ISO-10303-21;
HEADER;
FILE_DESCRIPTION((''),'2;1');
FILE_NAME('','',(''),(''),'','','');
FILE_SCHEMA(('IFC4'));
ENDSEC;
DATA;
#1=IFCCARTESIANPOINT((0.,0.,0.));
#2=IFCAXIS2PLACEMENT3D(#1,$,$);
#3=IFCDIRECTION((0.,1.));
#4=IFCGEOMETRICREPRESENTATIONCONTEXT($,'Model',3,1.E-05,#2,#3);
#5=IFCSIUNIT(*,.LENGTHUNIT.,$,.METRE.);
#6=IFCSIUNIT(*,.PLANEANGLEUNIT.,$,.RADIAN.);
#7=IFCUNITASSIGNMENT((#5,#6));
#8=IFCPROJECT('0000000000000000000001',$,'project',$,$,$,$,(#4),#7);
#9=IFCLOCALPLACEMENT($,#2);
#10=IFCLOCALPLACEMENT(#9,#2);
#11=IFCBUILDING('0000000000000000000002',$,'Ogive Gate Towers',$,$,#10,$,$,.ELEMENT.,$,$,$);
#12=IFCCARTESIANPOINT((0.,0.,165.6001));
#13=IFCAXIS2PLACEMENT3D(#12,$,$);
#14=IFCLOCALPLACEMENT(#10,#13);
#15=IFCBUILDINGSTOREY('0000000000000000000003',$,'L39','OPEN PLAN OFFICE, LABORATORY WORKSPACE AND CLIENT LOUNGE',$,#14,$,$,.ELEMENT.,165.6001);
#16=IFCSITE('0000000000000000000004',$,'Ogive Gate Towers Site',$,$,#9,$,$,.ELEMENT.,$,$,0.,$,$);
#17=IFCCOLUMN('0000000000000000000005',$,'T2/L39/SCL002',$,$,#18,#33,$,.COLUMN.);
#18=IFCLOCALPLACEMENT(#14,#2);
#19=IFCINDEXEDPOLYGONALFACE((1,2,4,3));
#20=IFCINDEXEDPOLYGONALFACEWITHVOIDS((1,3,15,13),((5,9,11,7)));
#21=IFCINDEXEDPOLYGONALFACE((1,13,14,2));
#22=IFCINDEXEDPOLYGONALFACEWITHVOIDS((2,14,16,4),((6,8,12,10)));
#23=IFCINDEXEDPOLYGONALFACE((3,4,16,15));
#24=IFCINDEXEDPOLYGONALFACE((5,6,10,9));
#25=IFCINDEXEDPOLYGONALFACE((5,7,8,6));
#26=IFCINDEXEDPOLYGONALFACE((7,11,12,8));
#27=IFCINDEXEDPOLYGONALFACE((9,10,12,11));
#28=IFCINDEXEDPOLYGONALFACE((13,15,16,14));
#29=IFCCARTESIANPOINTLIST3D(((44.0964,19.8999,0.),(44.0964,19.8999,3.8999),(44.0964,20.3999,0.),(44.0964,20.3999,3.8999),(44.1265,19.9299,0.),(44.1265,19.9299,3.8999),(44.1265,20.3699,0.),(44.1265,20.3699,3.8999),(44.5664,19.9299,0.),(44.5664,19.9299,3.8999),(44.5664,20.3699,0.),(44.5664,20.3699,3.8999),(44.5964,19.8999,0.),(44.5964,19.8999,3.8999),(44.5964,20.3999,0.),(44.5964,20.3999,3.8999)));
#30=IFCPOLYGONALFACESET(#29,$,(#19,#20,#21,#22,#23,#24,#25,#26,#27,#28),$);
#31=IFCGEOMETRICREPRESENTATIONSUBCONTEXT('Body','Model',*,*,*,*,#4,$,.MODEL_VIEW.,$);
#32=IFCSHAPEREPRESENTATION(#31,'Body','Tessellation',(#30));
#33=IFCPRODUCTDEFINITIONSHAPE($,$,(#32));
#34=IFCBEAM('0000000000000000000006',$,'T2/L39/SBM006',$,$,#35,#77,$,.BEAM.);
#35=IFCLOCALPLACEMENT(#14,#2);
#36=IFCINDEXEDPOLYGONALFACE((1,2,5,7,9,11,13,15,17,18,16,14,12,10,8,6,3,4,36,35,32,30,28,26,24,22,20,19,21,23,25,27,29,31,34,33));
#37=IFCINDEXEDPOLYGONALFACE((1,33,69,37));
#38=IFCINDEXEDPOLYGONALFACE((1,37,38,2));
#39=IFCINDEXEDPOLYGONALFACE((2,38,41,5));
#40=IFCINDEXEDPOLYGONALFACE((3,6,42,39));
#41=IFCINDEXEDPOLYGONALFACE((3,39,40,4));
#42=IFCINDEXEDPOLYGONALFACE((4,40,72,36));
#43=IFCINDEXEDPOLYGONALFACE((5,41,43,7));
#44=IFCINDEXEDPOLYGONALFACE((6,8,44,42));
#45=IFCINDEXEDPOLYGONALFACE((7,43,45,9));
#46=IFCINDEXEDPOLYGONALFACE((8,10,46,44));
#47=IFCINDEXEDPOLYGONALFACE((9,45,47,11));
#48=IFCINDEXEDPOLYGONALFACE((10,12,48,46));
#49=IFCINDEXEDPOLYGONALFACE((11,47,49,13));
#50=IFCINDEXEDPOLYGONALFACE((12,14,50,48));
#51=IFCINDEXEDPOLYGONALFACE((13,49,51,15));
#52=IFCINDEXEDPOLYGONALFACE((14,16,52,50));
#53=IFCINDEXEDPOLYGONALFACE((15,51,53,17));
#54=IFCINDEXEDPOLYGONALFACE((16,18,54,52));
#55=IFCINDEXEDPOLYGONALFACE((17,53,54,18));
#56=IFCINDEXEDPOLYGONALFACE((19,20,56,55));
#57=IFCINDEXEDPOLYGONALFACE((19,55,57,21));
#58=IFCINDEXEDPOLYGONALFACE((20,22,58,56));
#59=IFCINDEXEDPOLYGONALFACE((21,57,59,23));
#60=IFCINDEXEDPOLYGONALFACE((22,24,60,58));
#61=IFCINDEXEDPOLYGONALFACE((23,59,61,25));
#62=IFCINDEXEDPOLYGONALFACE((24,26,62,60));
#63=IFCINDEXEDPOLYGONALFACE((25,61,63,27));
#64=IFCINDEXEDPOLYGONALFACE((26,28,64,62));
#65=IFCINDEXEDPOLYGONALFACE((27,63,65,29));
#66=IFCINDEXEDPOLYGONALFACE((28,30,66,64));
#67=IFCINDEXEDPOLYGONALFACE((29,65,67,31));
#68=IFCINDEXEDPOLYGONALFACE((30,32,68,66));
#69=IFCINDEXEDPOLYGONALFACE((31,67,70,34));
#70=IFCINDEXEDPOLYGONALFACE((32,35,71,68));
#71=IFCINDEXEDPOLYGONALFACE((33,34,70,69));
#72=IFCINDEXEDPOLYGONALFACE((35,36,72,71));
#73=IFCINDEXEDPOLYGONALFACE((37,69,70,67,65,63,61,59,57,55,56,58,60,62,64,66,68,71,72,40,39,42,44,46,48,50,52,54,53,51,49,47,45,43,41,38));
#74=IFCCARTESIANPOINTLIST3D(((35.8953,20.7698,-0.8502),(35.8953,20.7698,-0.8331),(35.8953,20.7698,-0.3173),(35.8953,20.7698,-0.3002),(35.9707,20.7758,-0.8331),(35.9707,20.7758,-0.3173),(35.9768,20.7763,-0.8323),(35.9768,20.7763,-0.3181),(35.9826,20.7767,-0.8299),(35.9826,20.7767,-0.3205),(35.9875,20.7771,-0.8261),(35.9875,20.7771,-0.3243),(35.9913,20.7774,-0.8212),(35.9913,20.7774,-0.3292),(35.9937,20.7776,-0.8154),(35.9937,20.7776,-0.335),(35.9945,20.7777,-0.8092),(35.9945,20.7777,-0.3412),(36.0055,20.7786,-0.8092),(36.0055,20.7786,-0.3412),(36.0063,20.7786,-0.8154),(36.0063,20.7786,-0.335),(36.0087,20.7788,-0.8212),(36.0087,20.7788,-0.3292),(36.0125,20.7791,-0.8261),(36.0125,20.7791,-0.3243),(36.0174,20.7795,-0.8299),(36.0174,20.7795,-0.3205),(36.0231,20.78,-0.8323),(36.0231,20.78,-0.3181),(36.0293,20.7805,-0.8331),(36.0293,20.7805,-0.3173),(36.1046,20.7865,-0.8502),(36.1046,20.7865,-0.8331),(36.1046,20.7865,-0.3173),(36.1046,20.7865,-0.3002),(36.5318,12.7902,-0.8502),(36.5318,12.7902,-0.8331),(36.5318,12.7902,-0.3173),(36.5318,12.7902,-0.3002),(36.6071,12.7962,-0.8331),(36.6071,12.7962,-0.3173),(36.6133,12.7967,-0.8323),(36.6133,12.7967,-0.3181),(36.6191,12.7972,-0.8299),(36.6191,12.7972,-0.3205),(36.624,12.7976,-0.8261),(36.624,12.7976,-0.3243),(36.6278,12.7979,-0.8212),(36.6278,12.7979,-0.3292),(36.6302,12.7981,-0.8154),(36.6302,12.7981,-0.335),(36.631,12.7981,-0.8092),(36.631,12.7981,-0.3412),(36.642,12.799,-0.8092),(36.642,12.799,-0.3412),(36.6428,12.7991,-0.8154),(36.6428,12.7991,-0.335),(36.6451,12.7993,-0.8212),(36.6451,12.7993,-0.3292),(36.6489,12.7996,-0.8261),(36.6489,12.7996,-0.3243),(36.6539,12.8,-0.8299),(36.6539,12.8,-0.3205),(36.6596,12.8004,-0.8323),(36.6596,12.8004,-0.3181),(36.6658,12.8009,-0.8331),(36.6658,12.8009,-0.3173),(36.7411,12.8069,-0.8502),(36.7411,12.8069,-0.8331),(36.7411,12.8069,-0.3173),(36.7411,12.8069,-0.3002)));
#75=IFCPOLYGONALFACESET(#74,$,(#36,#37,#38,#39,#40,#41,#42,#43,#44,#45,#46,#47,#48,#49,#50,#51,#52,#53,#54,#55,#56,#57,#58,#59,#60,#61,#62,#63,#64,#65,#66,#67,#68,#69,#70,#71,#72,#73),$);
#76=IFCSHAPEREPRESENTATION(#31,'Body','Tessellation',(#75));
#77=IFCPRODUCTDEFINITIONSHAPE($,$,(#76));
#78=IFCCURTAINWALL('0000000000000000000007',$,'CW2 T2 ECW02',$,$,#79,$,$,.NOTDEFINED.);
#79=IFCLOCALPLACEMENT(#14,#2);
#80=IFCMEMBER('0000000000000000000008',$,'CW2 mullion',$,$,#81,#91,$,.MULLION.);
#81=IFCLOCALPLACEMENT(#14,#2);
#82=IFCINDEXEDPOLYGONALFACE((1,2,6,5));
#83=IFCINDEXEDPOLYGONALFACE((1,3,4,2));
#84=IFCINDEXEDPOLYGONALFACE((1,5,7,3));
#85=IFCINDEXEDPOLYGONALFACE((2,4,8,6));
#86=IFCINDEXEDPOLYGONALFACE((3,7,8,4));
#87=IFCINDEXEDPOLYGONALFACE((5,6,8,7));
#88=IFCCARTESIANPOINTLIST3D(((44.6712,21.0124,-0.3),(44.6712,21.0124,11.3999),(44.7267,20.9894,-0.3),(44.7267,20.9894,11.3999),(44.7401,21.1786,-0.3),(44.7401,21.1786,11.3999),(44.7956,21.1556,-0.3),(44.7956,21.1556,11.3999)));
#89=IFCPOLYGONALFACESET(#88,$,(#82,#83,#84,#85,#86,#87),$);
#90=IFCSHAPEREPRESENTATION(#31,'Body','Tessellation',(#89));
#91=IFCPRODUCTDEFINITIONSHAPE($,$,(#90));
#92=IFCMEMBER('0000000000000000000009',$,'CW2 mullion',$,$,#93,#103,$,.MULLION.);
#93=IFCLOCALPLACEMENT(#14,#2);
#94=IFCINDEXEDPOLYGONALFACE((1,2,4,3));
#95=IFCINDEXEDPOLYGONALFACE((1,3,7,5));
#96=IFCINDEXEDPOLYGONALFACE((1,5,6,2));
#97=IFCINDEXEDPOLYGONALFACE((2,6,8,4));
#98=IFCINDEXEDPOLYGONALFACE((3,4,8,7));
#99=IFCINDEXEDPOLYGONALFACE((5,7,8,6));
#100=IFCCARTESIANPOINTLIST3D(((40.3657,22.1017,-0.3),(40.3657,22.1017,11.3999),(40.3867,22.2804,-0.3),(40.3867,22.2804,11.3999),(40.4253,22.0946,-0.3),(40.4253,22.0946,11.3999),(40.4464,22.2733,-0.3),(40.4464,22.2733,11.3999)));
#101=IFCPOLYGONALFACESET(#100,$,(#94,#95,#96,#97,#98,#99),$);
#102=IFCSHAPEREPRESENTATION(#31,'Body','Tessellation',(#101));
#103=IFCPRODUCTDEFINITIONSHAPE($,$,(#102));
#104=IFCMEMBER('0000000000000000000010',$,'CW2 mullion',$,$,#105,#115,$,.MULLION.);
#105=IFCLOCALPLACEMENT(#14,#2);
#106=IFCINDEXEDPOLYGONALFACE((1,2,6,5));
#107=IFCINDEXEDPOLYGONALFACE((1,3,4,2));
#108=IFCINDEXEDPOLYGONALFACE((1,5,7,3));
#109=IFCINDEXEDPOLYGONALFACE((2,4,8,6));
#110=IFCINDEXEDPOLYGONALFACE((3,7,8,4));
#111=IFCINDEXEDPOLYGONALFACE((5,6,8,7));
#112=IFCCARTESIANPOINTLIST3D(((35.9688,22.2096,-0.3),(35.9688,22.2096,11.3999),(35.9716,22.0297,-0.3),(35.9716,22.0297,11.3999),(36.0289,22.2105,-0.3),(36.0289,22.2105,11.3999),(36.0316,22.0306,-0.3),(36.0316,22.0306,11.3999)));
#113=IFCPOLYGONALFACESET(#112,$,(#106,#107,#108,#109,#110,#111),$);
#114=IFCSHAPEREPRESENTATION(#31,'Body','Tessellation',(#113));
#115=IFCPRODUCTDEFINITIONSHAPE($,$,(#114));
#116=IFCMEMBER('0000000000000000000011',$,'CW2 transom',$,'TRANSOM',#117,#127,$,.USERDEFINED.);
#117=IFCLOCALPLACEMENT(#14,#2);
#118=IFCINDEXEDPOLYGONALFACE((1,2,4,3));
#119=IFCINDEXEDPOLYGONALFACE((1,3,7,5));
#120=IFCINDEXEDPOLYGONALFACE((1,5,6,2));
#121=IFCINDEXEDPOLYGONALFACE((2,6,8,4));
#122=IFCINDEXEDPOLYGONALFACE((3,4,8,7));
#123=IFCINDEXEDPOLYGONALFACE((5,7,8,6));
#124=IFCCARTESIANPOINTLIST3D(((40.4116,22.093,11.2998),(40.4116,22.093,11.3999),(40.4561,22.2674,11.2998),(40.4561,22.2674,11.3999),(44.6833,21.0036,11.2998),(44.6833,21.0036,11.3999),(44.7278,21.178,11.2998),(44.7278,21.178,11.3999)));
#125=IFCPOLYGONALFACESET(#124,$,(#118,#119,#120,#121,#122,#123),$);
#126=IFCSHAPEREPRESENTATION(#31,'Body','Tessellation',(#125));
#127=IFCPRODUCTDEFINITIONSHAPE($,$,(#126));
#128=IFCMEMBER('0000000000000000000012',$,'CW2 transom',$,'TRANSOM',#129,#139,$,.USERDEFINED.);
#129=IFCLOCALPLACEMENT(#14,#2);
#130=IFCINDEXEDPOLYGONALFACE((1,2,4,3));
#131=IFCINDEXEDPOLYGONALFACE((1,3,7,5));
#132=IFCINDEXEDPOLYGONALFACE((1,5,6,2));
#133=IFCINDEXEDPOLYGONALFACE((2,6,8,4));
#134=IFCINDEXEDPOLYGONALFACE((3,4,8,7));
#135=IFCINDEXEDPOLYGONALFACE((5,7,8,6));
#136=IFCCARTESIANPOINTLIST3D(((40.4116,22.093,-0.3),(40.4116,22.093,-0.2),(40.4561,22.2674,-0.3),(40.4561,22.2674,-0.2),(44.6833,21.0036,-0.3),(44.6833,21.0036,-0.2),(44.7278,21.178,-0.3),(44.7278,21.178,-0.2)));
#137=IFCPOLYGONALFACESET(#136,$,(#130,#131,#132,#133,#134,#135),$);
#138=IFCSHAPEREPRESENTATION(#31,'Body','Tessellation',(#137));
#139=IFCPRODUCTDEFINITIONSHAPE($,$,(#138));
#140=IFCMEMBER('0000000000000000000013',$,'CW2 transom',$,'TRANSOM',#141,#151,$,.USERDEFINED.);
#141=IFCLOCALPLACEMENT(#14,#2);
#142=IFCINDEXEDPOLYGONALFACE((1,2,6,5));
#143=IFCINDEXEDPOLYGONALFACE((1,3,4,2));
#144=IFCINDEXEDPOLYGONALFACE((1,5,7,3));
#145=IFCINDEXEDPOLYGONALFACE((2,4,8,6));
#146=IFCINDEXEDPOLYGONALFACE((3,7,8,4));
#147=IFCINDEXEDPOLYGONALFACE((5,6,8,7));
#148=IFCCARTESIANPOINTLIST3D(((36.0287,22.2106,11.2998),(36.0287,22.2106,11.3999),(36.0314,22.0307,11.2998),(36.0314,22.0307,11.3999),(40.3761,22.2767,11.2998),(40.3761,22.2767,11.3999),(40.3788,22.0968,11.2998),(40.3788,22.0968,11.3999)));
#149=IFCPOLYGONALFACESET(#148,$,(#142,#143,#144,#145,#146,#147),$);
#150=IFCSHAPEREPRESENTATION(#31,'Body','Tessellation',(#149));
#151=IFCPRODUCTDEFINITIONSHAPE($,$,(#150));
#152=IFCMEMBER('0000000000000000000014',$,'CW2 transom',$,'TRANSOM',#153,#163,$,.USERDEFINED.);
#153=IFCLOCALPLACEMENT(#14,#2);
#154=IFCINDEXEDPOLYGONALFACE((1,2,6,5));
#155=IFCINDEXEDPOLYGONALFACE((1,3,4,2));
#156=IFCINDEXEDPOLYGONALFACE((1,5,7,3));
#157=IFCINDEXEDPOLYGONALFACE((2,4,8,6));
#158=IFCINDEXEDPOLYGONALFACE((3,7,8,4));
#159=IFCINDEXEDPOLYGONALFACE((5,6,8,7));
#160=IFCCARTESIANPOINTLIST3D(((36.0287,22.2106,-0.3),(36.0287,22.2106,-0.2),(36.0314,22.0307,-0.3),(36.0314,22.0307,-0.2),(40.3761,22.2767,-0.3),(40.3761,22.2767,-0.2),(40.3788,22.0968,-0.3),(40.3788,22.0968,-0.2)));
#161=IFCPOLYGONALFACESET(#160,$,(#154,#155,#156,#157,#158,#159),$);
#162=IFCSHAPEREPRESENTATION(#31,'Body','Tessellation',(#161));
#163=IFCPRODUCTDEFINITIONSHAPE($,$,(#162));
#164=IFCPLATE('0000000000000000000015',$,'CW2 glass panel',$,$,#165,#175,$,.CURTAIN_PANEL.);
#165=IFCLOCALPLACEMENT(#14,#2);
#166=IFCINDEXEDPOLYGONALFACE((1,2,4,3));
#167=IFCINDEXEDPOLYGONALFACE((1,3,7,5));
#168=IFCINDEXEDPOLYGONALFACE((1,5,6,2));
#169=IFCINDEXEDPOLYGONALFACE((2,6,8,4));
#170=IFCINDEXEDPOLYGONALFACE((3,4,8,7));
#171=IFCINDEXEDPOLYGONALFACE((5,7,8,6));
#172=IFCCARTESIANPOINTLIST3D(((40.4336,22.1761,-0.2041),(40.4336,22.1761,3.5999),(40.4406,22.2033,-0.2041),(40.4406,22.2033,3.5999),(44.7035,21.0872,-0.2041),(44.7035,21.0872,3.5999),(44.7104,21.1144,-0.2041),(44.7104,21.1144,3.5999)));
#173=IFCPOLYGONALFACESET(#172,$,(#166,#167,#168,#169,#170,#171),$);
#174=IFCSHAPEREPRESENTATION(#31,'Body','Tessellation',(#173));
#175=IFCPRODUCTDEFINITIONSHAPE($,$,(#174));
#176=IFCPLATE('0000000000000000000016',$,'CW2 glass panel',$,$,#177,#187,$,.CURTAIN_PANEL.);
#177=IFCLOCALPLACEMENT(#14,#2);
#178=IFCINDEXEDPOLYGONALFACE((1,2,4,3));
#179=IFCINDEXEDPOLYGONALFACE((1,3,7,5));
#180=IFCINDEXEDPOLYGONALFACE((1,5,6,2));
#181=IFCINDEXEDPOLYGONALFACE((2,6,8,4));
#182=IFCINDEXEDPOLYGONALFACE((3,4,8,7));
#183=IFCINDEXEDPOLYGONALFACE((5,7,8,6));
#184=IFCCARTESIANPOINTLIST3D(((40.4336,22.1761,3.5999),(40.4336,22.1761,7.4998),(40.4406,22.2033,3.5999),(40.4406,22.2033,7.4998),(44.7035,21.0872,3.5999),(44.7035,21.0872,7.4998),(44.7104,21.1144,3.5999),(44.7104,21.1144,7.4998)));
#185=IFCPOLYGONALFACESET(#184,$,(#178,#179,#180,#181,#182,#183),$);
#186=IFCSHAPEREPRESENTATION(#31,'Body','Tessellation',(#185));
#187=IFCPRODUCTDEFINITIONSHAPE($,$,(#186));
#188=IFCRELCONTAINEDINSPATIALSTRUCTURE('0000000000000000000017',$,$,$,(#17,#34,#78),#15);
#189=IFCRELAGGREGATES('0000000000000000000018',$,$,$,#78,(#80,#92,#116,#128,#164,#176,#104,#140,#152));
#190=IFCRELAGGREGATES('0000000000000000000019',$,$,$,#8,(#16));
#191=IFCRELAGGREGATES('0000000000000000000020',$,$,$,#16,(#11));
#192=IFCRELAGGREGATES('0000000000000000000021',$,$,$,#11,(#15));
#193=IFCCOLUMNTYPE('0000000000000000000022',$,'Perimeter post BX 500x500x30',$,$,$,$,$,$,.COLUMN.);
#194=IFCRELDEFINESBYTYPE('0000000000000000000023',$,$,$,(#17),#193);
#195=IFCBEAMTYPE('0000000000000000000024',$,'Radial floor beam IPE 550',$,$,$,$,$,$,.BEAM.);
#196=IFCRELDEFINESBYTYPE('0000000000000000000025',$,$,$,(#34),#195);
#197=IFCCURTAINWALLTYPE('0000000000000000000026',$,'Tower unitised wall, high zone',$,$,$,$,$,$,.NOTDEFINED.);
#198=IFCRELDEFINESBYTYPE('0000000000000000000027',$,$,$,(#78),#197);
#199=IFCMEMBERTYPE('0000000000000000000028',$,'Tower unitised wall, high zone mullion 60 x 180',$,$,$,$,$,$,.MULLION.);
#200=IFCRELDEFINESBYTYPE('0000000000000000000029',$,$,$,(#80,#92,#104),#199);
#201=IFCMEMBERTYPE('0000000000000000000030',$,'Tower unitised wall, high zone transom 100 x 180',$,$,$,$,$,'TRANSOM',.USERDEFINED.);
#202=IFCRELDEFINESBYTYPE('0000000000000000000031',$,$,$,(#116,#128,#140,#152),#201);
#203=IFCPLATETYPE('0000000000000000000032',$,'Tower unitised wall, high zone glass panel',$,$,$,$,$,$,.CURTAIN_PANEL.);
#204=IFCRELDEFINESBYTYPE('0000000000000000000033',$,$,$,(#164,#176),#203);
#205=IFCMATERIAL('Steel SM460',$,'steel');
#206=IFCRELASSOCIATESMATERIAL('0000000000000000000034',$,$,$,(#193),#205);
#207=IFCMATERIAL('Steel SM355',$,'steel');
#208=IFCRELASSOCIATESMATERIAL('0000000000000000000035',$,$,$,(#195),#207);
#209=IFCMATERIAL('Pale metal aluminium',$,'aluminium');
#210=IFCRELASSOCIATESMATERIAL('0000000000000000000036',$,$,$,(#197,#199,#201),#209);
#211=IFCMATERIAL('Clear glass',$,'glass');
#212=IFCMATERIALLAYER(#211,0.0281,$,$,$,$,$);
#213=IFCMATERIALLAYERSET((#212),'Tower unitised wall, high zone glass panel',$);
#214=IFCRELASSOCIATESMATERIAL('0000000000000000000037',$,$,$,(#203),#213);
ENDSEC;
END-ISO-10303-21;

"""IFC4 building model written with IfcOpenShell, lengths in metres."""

from ifc_helpers import new_model, si_unit, direction, frame, origin, origin_2d, place, context, subcontext, project, spatial, rectangle, hollow_rectangle, i_section, extrude, material, layer, layer_set, material_profile, profile_set, type_object, element, aggregate, save


model = new_model("IFC4")

# Units and contexts
model_context = context("Model", 3, precision=1e-05, world=origin(), true_north=direction((0.0, 1.0)))
body_context = subcontext(model_context, "Body", "Model", "MODEL_VIEW")
ifc_project = project(units=[si_unit("LENGTHUNIT", "METRE"), si_unit("PLANEANGLEUNIT", "RADIAN")], contexts=[model_context])

# Site, building, storey
site_placement = place(None, origin())
site = spatial("IfcSite", under=ifc_project, at=site_placement, Name="Ogive Gate Towers Site", CompositionType="ELEMENT", RefElevation=0.0)
building_placement = place(site_placement, origin())
building = spatial("IfcBuilding", under=site, at=building_placement, Name="Ogive Gate Towers", CompositionType="ELEMENT")
storey_placement = place(building_placement, frame((0.0, 0.0, 165.6001)))
storey = spatial("IfcBuildingStorey", under=building, at=storey_placement, Name="L39", Description="OPEN PLAN OFFICE, LABORATORY WORKSPACE AND CLIENT LOUNGE", CompositionType="ELEMENT", Elevation=165.6001)

# Column
ifc_material_1 = material(Name="Steel SM460", Category="steel")
ifc_material_profile_1 = material_profile(ifc_material_1, hollow_rectangle(XDim=0.5, YDim=0.5, WallThickness=0.03, at=origin_2d()), Name="BX 500x500x30")
ifc_profile_set_1 = profile_set([ifc_material_profile_1], Name="Steel SM460")
column_type = type_object("IfcColumnType", Name="Perimeter post BX 500x500x30", PredefinedType="COLUMN", material=ifc_profile_set_1)
column_placement = place(storey_placement, frame((44.3464, 20.1499, 0.0), z_axis=(0.0, 0.0, 1.0), x_axis=(1.0, 0.0, 0.0)))
element("IfcColumn", 1, at=column_placement, inside=storey, type_object=column_type, Name="T2/L39/SCL002", PredefinedType="COLUMN", context=body_context, shape_type="SweptSolid", body=[
    extrude(hollow_rectangle(XDim=0.5, YDim=0.5, WallThickness=0.03, at=origin_2d()), origin(), (0.0, 0.0, 1.0), 3.8999),
])

# Beam
ifc_material_2 = material(Name="Steel SM355", Category="steel")
ifc_material_profile_2 = material_profile(ifc_material_2, i_section(OverallWidth=0.21, OverallDepth=0.55, WebThickness=0.011, FlangeThickness=0.0171, FilletRadius=0.0239, at=origin_2d()), Name="IPE 550")
ifc_profile_set_2 = profile_set([ifc_material_profile_2], Name="Steel SM355")
beam_type = type_object("IfcBeamType", Name="Radial floor beam IPE 550", PredefinedType="BEAM", material=ifc_profile_set_2)
beam_placement = place(storey_placement, frame((36.6365, 12.7986, -0.5752), z_axis=(-0.079511, 0.996834, 0.0), x_axis=(-0.996834, -0.079511, 0.0)))
element("IfcBeam", 2, at=beam_placement, inside=storey, type_object=beam_type, Name="T2/L39/SBM006", PredefinedType="BEAM", context=body_context, shape_type="SweptSolid", body=[
    extrude(i_section(OverallWidth=0.21, OverallDepth=0.55, WebThickness=0.011, FlangeThickness=0.0171, FilletRadius=0.0239, at=origin_2d()), origin(), (0.0, 0.0, 1.0), 8.0049),
])

# Curtain wall, members, plates
ifc_material_3 = material(Name="Pale metal aluminium", Category="aluminium")
curtain_wall_type = type_object("IfcCurtainWallType", Name="Tower unitised wall, high zone", PredefinedType="NOTDEFINED", material=ifc_material_3)
curtain_wall_placement = place(storey_placement, origin())
curtain_wall = element("IfcCurtainWall", 3, at=curtain_wall_placement, inside=storey, type_object=curtain_wall_type, Name="CW2 T2 ECW02", PredefinedType="NOTDEFINED")
ifc_material_profile_3 = material_profile(ifc_material_3, rectangle(XDim=0.1799, YDim=0.0601, at=origin_2d()), Name="60 x 180 aluminium box")
ifc_profile_set_3 = profile_set([ifc_material_profile_3], Name="Pale metal aluminium")
member_type_1 = type_object("IfcMemberType", Name="Tower unitised wall, high zone mullion 60 x 180", PredefinedType="MULLION", material=ifc_profile_set_3)
member_1_placement = place(storey_placement, frame((44.7334, 21.084, -0.3), z_axis=(0.0, 0.0, 1.0), x_axis=(0.382683, 0.92388, 0.0)))
member_1 = element("IfcMember", 4, at=member_1_placement, type_object=member_type_1, Name="CW2 mullion", PredefinedType="MULLION", context=body_context, shape_type="SweptSolid", body=[
    extrude(rectangle(XDim=0.1799, YDim=0.0601, at=origin_2d()), origin(), (0.0, 0.0, 1.0), 11.7),
])
member_2_placement = place(storey_placement, frame((40.406, 22.1875, -0.3), z_axis=(0.0, 0.0, 1.0), x_axis=(0.116948, 0.993138, 0.0)))
member_2 = element("IfcMember", 5, at=member_2_placement, type_object=member_type_1, Name="CW2 mullion", PredefinedType="MULLION", context=body_context, shape_type="SweptSolid", body=[
    extrude(rectangle(XDim=0.1799, YDim=0.0601, at=origin_2d()), origin(), (0.0, 0.0, 1.0), 11.7),
])
member_3_placement = place(storey_placement, frame((36.0002, 22.1201, -0.3), z_axis=(0.0, 0.0, 1.0), x_axis=(-0.015271, 0.999883, 0.0)))
member_3 = element("IfcMember", 6, at=member_3_placement, type_object=member_type_1, Name="CW2 mullion", PredefinedType="MULLION", context=body_context, shape_type="SweptSolid", body=[
    extrude(rectangle(XDim=0.1799, YDim=0.0601, at=origin_2d()), origin(), (0.0, 0.0, 1.0), 11.7),
])
ifc_material_profile_4 = material_profile(ifc_material_3, rectangle(XDim=0.1799, YDim=0.1001, at=origin_2d()), Name="100 x 180 aluminium box")
ifc_profile_set_4 = profile_set([ifc_material_profile_4], Name="Pale metal aluminium")
member_type_2 = type_object("IfcMemberType", Name="Tower unitised wall, high zone transom 100 x 180", ElementType="TRANSOM", PredefinedType="USERDEFINED", material=ifc_profile_set_4)
member_4_placement = place(storey_placement, frame((44.7056, 21.0908, 11.3499), z_axis=(-0.968988, 0.247107, 0.0), x_axis=(-0.247107, -0.968988, 0.0)))
member_4 = element("IfcMember", 7, at=member_4_placement, type_object=member_type_2, Name="CW2 transom", ObjectType="TRANSOM", PredefinedType="USERDEFINED", context=body_context, shape_type="SweptSolid", body=[
    extrude(rectangle(XDim=0.1799, YDim=0.1001, at=origin_2d()), origin(), (0.0, 0.0, 1.0), 4.4084),
])
member_5_placement = place(storey_placement, frame((44.7056, 21.0908, -0.25), z_axis=(-0.968988, 0.247107, 0.0), x_axis=(-0.247107, -0.968988, 0.0)))
member_5 = element("IfcMember", 8, at=member_5_placement, type_object=member_type_2, Name="CW2 transom", ObjectType="TRANSOM", PredefinedType="USERDEFINED", context=body_context, shape_type="SweptSolid", body=[
    extrude(rectangle(XDim=0.1799, YDim=0.1001, at=origin_2d()), origin(), (0.0, 0.0, 1.0), 4.4084),
])
member_6_placement = place(storey_placement, frame((40.3774, 22.1868, 11.3499), z_axis=(-0.999884, -0.015217, 0.0), x_axis=(0.015217, -0.999884, 0.0)))
member_6 = element("IfcMember", 9, at=member_6_placement, type_object=member_type_2, Name="CW2 transom", ObjectType="TRANSOM", PredefinedType="USERDEFINED", context=body_context, shape_type="SweptSolid", body=[
    extrude(rectangle(XDim=0.1799, YDim=0.1001, at=origin_2d()), origin(), (0.0, 0.0, 1.0), 4.3479),
])
member_7_placement = place(storey_placement, frame((40.3774, 22.1868, -0.25), z_axis=(-0.999884, -0.015217, 0.0), x_axis=(0.015217, -0.999884, 0.0)))
member_7 = element("IfcMember", 10, at=member_7_placement, type_object=member_type_2, Name="CW2 transom", ObjectType="TRANSOM", PredefinedType="USERDEFINED", context=body_context, shape_type="SweptSolid", body=[
    extrude(rectangle(XDim=0.1799, YDim=0.1001, at=origin_2d()), origin(), (0.0, 0.0, 1.0), 4.3479),
])
ifc_material_4 = material(Name="Clear glass", Category="glass")
ifc_layer_1 = layer(ifc_material_4, 0.0281)
ifc_layer_set_1 = layer_set([ifc_layer_1], Name="Tower unitised wall, high zone glass panel")
plate_type = type_object("IfcPlateType", Name="Tower unitised wall, high zone glass panel", PredefinedType="CURTAIN_PANEL", material=ifc_layer_set_1)
plate_1_placement = place(storey_placement, frame((42.572, 21.6453, -0.2041), z_axis=(0.0, 0.0, 1.0), x_axis=(-0.96899, 0.2471, 0.0)))
plate_1 = element("IfcPlate", 11, at=plate_1_placement, type_object=plate_type, Name="CW2 glass panel", PredefinedType="CURTAIN_PANEL", context=body_context, shape_type="SweptSolid", body=[
    extrude(rectangle(XDim=4.4065, YDim=0.0281, at=origin_2d()), origin(), (0.0, 0.0, 1.0), 3.804),
])
plate_2_placement = place(storey_placement, frame((42.572, 21.6453, 3.5999), z_axis=(0.0, 0.0, 1.0), x_axis=(-0.96899, 0.2471, 0.0)))
plate_2 = element("IfcPlate", 12, at=plate_2_placement, type_object=plate_type, Name="CW2 glass panel", PredefinedType="CURTAIN_PANEL", context=body_context, shape_type="SweptSolid", body=[
    extrude(rectangle(XDim=4.4065, YDim=0.0281, at=origin_2d()), origin(), (0.0, 0.0, 1.0), 3.8999),
])
aggregate(curtain_wall, [member_1, member_2, member_4, member_5, plate_1, plate_2, member_3, member_6, member_7])

save(model, "model.ifc")
